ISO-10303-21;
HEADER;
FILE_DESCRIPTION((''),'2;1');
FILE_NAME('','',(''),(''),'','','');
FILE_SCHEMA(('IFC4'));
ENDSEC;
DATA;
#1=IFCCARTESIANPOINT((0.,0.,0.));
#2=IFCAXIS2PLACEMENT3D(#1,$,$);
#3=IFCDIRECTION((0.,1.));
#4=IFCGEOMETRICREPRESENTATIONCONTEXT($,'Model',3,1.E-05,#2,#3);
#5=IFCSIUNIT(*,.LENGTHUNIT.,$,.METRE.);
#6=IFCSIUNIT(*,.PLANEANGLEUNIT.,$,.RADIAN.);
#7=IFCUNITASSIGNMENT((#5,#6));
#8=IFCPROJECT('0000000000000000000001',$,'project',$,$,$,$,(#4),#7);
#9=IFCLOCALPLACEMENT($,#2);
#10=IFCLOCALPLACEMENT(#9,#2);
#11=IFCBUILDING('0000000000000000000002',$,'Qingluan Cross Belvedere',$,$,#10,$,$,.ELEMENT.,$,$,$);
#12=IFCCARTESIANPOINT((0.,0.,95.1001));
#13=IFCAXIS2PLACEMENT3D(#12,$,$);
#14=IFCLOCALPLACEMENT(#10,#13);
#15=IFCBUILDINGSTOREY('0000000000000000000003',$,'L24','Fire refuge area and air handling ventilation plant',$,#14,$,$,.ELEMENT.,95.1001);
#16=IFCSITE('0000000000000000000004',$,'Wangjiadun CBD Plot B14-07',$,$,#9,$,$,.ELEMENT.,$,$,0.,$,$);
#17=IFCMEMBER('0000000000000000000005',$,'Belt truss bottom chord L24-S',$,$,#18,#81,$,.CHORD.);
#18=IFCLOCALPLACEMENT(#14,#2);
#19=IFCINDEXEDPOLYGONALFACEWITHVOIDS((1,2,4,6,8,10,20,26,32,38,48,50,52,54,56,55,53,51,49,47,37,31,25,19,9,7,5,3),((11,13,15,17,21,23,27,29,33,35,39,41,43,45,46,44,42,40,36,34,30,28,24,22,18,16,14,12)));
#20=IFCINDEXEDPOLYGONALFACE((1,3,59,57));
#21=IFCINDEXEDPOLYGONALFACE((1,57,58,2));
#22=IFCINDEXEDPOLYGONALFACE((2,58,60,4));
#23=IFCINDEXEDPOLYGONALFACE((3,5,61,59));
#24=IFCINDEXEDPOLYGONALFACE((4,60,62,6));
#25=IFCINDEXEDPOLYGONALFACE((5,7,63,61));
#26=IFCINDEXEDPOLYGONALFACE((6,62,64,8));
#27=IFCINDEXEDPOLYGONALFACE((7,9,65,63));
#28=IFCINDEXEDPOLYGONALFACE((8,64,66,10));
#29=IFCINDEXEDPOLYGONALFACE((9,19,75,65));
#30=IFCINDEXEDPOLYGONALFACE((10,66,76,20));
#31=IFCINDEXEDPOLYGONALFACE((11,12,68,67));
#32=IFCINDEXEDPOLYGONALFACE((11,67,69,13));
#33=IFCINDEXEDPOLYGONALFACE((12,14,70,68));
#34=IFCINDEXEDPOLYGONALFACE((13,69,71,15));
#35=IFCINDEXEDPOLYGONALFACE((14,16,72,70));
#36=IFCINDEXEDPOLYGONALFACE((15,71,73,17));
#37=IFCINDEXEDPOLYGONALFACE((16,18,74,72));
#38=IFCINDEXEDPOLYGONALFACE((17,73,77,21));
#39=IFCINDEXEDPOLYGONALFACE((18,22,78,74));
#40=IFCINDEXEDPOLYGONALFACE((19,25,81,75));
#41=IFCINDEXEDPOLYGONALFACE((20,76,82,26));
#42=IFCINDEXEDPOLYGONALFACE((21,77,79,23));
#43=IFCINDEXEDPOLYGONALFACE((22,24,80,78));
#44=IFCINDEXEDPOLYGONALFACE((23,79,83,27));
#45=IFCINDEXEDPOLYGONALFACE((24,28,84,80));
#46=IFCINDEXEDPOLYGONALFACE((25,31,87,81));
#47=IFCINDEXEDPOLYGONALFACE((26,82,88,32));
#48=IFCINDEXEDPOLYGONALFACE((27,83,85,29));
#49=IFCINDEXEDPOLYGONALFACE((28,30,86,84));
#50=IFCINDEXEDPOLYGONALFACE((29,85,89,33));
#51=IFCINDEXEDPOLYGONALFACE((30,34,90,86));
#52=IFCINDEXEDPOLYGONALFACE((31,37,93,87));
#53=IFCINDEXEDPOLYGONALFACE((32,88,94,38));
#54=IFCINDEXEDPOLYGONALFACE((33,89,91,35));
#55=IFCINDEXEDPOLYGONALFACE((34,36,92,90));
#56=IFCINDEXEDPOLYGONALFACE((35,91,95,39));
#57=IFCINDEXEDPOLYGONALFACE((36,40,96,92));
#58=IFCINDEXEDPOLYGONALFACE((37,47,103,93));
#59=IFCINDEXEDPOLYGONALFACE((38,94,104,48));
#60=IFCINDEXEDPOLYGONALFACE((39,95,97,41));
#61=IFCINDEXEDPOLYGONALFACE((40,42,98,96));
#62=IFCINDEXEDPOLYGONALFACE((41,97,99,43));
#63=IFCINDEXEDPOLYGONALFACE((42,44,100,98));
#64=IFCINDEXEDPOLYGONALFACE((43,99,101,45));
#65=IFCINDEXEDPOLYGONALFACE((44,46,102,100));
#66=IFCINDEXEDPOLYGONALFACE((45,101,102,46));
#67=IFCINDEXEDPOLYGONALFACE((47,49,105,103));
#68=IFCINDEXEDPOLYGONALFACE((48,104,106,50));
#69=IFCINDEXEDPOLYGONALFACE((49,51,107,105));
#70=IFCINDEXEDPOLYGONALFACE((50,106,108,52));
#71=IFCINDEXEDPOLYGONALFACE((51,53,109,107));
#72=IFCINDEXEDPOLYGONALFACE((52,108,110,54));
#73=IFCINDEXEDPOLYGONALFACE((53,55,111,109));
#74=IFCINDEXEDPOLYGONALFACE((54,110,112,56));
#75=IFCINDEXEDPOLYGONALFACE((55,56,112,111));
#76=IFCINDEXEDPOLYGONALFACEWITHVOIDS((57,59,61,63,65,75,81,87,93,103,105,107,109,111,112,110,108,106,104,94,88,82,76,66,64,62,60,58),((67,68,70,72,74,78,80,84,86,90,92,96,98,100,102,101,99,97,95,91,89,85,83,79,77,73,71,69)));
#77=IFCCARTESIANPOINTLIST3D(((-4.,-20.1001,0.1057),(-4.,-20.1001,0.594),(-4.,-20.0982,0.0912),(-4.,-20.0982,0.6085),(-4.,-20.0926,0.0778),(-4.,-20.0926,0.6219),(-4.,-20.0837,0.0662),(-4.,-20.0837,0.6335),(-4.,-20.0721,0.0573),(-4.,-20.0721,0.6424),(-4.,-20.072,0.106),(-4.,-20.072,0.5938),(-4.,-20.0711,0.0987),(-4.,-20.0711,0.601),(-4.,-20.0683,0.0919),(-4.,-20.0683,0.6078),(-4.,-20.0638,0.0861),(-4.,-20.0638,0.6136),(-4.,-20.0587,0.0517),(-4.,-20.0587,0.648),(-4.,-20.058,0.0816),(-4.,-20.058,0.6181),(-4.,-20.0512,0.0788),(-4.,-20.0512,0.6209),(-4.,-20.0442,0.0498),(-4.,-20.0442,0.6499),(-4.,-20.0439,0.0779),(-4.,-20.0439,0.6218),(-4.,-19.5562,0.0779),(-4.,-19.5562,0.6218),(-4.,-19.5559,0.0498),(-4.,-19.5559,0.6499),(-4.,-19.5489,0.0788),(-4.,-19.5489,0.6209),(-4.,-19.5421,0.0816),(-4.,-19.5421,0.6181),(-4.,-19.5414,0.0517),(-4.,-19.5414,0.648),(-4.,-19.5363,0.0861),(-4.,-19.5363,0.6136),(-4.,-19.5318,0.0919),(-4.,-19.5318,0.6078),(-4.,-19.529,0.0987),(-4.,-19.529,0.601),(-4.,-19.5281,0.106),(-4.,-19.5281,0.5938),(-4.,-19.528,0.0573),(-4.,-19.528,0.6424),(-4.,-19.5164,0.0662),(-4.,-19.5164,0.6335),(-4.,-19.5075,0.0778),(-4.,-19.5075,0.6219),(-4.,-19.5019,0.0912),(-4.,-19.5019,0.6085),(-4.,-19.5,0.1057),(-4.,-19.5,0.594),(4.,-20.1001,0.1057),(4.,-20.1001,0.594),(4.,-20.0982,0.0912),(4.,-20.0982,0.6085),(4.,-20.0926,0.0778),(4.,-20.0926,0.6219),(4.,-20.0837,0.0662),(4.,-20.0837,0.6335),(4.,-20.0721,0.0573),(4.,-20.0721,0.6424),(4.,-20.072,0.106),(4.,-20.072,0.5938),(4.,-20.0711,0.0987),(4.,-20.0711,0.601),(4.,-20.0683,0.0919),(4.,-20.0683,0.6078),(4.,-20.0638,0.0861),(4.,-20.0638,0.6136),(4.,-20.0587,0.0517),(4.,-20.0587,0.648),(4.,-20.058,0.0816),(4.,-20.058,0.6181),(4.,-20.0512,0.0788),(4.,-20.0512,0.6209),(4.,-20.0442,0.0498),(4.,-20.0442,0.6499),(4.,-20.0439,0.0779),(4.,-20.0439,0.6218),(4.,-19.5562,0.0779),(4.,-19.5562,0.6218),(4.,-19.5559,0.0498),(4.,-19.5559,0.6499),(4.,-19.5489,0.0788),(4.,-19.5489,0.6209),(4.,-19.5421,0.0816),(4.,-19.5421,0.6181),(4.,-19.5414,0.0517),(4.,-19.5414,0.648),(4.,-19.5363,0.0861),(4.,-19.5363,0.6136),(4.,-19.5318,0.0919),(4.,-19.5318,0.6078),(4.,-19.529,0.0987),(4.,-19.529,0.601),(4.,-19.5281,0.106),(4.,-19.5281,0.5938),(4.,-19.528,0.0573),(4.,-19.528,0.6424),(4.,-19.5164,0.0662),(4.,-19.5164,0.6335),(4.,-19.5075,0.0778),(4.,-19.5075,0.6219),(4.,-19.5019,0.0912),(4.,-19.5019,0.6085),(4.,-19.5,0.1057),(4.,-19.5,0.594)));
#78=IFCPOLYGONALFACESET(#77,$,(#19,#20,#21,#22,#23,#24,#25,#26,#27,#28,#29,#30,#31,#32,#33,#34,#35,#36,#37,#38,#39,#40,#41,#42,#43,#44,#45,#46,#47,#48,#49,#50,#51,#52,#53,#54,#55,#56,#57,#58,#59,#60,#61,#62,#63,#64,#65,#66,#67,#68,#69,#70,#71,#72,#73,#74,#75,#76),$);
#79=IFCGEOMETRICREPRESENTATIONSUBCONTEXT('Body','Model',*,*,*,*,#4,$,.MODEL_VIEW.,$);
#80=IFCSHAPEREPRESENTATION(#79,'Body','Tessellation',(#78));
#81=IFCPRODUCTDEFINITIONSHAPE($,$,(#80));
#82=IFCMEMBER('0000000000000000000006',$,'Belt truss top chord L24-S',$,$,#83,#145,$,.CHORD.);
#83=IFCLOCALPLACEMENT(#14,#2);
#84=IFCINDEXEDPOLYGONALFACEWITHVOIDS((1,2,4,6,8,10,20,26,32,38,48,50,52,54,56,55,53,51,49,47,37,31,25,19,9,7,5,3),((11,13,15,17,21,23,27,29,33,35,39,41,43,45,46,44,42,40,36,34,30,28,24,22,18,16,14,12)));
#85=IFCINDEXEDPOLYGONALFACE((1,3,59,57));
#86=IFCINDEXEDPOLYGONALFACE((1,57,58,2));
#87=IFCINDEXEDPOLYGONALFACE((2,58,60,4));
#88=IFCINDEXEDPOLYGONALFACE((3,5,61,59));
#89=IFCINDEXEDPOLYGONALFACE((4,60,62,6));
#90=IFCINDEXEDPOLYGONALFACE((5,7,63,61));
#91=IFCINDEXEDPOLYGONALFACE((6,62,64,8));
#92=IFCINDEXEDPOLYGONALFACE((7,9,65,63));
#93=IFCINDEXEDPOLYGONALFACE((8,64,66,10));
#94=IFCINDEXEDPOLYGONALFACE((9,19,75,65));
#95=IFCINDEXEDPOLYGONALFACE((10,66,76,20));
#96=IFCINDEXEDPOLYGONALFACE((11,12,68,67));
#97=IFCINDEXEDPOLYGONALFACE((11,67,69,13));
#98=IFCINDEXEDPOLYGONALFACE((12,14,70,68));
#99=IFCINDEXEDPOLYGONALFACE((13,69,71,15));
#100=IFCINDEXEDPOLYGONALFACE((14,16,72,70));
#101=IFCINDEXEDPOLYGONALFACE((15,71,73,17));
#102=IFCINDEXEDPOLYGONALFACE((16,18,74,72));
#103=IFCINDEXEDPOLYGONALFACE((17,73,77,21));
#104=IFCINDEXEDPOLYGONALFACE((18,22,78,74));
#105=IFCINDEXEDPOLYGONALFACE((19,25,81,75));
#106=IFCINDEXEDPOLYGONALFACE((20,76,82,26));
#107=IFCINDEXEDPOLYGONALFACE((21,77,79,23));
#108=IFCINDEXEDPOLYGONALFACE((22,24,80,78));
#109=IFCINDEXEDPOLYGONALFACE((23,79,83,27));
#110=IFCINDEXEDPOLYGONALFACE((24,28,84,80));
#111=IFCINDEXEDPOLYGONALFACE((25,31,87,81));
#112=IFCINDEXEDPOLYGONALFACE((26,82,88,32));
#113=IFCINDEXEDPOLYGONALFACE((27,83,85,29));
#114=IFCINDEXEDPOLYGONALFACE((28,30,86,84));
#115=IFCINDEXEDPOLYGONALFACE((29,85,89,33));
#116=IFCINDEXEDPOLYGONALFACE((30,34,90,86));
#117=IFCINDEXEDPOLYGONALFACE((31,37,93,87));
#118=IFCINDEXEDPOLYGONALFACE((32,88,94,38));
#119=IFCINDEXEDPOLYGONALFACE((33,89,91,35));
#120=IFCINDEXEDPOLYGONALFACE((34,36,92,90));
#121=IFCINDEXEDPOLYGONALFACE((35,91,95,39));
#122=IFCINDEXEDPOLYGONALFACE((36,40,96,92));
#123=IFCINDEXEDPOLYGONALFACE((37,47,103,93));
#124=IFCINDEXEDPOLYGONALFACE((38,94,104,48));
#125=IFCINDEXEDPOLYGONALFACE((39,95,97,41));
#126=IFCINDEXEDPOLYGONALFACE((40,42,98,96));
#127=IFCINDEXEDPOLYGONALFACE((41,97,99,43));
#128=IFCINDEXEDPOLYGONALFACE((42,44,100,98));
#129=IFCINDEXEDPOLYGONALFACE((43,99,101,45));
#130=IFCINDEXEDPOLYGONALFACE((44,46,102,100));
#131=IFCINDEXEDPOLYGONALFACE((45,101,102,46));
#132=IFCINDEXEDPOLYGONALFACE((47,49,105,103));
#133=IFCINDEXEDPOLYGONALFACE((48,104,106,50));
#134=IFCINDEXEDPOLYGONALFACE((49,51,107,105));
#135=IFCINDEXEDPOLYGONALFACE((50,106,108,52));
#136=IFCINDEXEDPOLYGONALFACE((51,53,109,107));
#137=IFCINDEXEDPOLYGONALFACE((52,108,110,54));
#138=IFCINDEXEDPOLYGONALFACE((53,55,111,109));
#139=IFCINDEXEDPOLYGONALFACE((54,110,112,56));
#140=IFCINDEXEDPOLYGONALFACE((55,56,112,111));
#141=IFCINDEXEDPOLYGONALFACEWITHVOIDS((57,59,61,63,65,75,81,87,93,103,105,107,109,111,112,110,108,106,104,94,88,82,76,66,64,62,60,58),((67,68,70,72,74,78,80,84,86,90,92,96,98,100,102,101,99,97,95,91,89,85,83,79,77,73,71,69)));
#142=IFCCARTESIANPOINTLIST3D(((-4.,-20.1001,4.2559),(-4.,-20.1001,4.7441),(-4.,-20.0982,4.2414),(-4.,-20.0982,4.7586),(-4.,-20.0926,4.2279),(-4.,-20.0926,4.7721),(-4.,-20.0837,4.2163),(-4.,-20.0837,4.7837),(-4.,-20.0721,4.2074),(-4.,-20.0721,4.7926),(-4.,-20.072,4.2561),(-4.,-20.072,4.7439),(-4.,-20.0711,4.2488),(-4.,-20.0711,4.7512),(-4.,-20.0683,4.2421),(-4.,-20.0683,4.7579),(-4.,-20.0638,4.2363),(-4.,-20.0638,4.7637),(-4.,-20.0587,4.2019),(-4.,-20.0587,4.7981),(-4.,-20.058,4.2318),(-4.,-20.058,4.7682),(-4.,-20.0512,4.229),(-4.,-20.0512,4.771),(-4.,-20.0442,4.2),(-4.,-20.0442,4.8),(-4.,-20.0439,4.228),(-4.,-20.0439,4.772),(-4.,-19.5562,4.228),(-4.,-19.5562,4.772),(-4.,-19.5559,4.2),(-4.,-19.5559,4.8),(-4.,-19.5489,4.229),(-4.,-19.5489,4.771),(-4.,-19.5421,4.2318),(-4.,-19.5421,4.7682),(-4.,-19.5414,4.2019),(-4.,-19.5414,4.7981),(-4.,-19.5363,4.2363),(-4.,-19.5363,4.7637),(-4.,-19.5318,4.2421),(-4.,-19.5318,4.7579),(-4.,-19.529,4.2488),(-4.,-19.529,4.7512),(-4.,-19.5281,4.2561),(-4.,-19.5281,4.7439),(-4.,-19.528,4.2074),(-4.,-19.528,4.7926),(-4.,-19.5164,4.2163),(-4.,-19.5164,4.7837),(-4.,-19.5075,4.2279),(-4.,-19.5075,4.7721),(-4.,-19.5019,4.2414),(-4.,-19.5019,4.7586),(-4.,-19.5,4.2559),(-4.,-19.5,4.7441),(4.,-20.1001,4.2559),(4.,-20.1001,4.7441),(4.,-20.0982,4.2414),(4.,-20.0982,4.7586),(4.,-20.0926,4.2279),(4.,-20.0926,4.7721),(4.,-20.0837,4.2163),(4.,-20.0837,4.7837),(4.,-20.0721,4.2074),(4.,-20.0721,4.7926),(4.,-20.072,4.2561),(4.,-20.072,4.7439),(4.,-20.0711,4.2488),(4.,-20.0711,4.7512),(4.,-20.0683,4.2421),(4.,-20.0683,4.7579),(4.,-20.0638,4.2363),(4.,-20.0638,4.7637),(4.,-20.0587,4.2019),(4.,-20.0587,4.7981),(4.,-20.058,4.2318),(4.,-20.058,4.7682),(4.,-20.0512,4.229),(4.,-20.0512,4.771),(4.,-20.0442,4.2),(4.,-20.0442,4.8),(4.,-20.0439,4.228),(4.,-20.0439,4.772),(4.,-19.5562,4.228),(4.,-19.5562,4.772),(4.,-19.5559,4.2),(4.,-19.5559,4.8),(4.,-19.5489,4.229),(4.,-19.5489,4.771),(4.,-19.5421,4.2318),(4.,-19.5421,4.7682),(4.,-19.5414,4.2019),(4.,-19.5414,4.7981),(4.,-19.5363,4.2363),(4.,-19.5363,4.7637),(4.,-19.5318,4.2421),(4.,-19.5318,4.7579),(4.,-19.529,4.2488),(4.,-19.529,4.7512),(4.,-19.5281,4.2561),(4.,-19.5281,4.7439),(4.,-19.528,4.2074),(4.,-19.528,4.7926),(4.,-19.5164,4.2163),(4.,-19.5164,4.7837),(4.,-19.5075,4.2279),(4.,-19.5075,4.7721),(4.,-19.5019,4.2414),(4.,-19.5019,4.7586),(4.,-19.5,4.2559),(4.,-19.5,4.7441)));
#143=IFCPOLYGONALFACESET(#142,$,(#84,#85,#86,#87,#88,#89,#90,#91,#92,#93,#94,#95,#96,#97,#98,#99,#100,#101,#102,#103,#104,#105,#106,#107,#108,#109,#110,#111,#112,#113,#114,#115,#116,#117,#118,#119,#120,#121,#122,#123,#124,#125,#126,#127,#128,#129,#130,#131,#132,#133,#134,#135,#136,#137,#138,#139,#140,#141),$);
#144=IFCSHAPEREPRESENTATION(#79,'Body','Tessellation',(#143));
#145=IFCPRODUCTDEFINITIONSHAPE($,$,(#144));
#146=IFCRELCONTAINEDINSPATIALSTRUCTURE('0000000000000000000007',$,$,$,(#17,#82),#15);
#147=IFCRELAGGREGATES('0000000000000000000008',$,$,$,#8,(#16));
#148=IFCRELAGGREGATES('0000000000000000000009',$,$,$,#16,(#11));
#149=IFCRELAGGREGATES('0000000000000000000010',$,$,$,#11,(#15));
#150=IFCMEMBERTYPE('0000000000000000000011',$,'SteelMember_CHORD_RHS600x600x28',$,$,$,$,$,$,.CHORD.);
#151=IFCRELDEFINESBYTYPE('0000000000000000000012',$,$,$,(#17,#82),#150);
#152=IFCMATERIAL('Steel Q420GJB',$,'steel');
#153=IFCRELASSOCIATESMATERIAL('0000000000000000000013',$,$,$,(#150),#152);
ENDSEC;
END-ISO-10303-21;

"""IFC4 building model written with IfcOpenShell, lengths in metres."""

from ifc_helpers import new_model, si_unit, direction, frame, origin, origin_2d, place, context, subcontext, project, spatial, hollow_rectangle, extrude, material, material_profile, profile_set, type_object, element, save


model = new_model("IFC4")

# Units and contexts
model_context = context("Model", 3, precision=1e-05, world=origin(), true_north=direction((0.0, 1.0)))
body_context = subcontext(model_context, "Body", "Model", "MODEL_VIEW")
ifc_project = project(units=[si_unit("LENGTHUNIT", "METRE"), si_unit("PLANEANGLEUNIT", "RADIAN")], contexts=[model_context])

# Site, building, storey
site_placement = place(None, origin())
site = spatial("IfcSite", under=ifc_project, at=site_placement, Name="Wangjiadun CBD Plot B14-07", CompositionType="ELEMENT", RefElevation=0.0)
building_placement = place(site_placement, origin())
building = spatial("IfcBuilding", under=site, at=building_placement, Name="Qingluan Cross Belvedere", CompositionType="ELEMENT")
storey_placement = place(building_placement, frame((0.0, 0.0, 95.1001)))
storey = spatial("IfcBuildingStorey", under=building, at=storey_placement, Name="L24", Description="Fire refuge area and air handling ventilation plant", CompositionType="ELEMENT", Elevation=95.1001)

# Members
ifc_material_1 = material(Name="Steel Q420GJB", Category="steel")
ifc_material_profile_1 = material_profile(ifc_material_1, hollow_rectangle(XDim=0.6001, YDim=0.6001, WallThickness=0.0281, InnerFilletRadius=0.0281, OuterFilletRadius=0.0559, at=origin_2d()), Name="RHS600x600x28")
ifc_profile_set_1 = profile_set([ifc_material_profile_1], Name="Steel Q420GJB")
member_type_1 = type_object("IfcMemberType", Name="SteelMember_CHORD_RHS600x600x28", PredefinedType="CHORD", material=ifc_profile_set_1)
for number, where, z_axis, x_axis, name in (
    (1, (-4.0, -19.8, 0.3499), (1.0, 0.0, 0.0), (0.0, 1.0, 0.0), "Belt truss bottom chord L24-S"),
    (2, (-4.0, -19.8, 4.5), (1.0, 0.0, 0.0), (0.0, 1.0, 0.0), "Belt truss top chord L24-S"),
):
    element("IfcMember", number, at=place(storey_placement, frame(where, z_axis=z_axis, x_axis=x_axis)), inside=storey, type_object=member_type_1, Name=name, PredefinedType="CHORD", context=body_context, shape_type="SweptSolid", body=[
        extrude(hollow_rectangle(XDim=0.6001, YDim=0.6001, WallThickness=0.0281, InnerFilletRadius=0.0281, OuterFilletRadius=0.0559, at=origin_2d()), origin(), (0.0, 0.0, 1.0), 8.0),
    ])

save(model, "model.ifc")
